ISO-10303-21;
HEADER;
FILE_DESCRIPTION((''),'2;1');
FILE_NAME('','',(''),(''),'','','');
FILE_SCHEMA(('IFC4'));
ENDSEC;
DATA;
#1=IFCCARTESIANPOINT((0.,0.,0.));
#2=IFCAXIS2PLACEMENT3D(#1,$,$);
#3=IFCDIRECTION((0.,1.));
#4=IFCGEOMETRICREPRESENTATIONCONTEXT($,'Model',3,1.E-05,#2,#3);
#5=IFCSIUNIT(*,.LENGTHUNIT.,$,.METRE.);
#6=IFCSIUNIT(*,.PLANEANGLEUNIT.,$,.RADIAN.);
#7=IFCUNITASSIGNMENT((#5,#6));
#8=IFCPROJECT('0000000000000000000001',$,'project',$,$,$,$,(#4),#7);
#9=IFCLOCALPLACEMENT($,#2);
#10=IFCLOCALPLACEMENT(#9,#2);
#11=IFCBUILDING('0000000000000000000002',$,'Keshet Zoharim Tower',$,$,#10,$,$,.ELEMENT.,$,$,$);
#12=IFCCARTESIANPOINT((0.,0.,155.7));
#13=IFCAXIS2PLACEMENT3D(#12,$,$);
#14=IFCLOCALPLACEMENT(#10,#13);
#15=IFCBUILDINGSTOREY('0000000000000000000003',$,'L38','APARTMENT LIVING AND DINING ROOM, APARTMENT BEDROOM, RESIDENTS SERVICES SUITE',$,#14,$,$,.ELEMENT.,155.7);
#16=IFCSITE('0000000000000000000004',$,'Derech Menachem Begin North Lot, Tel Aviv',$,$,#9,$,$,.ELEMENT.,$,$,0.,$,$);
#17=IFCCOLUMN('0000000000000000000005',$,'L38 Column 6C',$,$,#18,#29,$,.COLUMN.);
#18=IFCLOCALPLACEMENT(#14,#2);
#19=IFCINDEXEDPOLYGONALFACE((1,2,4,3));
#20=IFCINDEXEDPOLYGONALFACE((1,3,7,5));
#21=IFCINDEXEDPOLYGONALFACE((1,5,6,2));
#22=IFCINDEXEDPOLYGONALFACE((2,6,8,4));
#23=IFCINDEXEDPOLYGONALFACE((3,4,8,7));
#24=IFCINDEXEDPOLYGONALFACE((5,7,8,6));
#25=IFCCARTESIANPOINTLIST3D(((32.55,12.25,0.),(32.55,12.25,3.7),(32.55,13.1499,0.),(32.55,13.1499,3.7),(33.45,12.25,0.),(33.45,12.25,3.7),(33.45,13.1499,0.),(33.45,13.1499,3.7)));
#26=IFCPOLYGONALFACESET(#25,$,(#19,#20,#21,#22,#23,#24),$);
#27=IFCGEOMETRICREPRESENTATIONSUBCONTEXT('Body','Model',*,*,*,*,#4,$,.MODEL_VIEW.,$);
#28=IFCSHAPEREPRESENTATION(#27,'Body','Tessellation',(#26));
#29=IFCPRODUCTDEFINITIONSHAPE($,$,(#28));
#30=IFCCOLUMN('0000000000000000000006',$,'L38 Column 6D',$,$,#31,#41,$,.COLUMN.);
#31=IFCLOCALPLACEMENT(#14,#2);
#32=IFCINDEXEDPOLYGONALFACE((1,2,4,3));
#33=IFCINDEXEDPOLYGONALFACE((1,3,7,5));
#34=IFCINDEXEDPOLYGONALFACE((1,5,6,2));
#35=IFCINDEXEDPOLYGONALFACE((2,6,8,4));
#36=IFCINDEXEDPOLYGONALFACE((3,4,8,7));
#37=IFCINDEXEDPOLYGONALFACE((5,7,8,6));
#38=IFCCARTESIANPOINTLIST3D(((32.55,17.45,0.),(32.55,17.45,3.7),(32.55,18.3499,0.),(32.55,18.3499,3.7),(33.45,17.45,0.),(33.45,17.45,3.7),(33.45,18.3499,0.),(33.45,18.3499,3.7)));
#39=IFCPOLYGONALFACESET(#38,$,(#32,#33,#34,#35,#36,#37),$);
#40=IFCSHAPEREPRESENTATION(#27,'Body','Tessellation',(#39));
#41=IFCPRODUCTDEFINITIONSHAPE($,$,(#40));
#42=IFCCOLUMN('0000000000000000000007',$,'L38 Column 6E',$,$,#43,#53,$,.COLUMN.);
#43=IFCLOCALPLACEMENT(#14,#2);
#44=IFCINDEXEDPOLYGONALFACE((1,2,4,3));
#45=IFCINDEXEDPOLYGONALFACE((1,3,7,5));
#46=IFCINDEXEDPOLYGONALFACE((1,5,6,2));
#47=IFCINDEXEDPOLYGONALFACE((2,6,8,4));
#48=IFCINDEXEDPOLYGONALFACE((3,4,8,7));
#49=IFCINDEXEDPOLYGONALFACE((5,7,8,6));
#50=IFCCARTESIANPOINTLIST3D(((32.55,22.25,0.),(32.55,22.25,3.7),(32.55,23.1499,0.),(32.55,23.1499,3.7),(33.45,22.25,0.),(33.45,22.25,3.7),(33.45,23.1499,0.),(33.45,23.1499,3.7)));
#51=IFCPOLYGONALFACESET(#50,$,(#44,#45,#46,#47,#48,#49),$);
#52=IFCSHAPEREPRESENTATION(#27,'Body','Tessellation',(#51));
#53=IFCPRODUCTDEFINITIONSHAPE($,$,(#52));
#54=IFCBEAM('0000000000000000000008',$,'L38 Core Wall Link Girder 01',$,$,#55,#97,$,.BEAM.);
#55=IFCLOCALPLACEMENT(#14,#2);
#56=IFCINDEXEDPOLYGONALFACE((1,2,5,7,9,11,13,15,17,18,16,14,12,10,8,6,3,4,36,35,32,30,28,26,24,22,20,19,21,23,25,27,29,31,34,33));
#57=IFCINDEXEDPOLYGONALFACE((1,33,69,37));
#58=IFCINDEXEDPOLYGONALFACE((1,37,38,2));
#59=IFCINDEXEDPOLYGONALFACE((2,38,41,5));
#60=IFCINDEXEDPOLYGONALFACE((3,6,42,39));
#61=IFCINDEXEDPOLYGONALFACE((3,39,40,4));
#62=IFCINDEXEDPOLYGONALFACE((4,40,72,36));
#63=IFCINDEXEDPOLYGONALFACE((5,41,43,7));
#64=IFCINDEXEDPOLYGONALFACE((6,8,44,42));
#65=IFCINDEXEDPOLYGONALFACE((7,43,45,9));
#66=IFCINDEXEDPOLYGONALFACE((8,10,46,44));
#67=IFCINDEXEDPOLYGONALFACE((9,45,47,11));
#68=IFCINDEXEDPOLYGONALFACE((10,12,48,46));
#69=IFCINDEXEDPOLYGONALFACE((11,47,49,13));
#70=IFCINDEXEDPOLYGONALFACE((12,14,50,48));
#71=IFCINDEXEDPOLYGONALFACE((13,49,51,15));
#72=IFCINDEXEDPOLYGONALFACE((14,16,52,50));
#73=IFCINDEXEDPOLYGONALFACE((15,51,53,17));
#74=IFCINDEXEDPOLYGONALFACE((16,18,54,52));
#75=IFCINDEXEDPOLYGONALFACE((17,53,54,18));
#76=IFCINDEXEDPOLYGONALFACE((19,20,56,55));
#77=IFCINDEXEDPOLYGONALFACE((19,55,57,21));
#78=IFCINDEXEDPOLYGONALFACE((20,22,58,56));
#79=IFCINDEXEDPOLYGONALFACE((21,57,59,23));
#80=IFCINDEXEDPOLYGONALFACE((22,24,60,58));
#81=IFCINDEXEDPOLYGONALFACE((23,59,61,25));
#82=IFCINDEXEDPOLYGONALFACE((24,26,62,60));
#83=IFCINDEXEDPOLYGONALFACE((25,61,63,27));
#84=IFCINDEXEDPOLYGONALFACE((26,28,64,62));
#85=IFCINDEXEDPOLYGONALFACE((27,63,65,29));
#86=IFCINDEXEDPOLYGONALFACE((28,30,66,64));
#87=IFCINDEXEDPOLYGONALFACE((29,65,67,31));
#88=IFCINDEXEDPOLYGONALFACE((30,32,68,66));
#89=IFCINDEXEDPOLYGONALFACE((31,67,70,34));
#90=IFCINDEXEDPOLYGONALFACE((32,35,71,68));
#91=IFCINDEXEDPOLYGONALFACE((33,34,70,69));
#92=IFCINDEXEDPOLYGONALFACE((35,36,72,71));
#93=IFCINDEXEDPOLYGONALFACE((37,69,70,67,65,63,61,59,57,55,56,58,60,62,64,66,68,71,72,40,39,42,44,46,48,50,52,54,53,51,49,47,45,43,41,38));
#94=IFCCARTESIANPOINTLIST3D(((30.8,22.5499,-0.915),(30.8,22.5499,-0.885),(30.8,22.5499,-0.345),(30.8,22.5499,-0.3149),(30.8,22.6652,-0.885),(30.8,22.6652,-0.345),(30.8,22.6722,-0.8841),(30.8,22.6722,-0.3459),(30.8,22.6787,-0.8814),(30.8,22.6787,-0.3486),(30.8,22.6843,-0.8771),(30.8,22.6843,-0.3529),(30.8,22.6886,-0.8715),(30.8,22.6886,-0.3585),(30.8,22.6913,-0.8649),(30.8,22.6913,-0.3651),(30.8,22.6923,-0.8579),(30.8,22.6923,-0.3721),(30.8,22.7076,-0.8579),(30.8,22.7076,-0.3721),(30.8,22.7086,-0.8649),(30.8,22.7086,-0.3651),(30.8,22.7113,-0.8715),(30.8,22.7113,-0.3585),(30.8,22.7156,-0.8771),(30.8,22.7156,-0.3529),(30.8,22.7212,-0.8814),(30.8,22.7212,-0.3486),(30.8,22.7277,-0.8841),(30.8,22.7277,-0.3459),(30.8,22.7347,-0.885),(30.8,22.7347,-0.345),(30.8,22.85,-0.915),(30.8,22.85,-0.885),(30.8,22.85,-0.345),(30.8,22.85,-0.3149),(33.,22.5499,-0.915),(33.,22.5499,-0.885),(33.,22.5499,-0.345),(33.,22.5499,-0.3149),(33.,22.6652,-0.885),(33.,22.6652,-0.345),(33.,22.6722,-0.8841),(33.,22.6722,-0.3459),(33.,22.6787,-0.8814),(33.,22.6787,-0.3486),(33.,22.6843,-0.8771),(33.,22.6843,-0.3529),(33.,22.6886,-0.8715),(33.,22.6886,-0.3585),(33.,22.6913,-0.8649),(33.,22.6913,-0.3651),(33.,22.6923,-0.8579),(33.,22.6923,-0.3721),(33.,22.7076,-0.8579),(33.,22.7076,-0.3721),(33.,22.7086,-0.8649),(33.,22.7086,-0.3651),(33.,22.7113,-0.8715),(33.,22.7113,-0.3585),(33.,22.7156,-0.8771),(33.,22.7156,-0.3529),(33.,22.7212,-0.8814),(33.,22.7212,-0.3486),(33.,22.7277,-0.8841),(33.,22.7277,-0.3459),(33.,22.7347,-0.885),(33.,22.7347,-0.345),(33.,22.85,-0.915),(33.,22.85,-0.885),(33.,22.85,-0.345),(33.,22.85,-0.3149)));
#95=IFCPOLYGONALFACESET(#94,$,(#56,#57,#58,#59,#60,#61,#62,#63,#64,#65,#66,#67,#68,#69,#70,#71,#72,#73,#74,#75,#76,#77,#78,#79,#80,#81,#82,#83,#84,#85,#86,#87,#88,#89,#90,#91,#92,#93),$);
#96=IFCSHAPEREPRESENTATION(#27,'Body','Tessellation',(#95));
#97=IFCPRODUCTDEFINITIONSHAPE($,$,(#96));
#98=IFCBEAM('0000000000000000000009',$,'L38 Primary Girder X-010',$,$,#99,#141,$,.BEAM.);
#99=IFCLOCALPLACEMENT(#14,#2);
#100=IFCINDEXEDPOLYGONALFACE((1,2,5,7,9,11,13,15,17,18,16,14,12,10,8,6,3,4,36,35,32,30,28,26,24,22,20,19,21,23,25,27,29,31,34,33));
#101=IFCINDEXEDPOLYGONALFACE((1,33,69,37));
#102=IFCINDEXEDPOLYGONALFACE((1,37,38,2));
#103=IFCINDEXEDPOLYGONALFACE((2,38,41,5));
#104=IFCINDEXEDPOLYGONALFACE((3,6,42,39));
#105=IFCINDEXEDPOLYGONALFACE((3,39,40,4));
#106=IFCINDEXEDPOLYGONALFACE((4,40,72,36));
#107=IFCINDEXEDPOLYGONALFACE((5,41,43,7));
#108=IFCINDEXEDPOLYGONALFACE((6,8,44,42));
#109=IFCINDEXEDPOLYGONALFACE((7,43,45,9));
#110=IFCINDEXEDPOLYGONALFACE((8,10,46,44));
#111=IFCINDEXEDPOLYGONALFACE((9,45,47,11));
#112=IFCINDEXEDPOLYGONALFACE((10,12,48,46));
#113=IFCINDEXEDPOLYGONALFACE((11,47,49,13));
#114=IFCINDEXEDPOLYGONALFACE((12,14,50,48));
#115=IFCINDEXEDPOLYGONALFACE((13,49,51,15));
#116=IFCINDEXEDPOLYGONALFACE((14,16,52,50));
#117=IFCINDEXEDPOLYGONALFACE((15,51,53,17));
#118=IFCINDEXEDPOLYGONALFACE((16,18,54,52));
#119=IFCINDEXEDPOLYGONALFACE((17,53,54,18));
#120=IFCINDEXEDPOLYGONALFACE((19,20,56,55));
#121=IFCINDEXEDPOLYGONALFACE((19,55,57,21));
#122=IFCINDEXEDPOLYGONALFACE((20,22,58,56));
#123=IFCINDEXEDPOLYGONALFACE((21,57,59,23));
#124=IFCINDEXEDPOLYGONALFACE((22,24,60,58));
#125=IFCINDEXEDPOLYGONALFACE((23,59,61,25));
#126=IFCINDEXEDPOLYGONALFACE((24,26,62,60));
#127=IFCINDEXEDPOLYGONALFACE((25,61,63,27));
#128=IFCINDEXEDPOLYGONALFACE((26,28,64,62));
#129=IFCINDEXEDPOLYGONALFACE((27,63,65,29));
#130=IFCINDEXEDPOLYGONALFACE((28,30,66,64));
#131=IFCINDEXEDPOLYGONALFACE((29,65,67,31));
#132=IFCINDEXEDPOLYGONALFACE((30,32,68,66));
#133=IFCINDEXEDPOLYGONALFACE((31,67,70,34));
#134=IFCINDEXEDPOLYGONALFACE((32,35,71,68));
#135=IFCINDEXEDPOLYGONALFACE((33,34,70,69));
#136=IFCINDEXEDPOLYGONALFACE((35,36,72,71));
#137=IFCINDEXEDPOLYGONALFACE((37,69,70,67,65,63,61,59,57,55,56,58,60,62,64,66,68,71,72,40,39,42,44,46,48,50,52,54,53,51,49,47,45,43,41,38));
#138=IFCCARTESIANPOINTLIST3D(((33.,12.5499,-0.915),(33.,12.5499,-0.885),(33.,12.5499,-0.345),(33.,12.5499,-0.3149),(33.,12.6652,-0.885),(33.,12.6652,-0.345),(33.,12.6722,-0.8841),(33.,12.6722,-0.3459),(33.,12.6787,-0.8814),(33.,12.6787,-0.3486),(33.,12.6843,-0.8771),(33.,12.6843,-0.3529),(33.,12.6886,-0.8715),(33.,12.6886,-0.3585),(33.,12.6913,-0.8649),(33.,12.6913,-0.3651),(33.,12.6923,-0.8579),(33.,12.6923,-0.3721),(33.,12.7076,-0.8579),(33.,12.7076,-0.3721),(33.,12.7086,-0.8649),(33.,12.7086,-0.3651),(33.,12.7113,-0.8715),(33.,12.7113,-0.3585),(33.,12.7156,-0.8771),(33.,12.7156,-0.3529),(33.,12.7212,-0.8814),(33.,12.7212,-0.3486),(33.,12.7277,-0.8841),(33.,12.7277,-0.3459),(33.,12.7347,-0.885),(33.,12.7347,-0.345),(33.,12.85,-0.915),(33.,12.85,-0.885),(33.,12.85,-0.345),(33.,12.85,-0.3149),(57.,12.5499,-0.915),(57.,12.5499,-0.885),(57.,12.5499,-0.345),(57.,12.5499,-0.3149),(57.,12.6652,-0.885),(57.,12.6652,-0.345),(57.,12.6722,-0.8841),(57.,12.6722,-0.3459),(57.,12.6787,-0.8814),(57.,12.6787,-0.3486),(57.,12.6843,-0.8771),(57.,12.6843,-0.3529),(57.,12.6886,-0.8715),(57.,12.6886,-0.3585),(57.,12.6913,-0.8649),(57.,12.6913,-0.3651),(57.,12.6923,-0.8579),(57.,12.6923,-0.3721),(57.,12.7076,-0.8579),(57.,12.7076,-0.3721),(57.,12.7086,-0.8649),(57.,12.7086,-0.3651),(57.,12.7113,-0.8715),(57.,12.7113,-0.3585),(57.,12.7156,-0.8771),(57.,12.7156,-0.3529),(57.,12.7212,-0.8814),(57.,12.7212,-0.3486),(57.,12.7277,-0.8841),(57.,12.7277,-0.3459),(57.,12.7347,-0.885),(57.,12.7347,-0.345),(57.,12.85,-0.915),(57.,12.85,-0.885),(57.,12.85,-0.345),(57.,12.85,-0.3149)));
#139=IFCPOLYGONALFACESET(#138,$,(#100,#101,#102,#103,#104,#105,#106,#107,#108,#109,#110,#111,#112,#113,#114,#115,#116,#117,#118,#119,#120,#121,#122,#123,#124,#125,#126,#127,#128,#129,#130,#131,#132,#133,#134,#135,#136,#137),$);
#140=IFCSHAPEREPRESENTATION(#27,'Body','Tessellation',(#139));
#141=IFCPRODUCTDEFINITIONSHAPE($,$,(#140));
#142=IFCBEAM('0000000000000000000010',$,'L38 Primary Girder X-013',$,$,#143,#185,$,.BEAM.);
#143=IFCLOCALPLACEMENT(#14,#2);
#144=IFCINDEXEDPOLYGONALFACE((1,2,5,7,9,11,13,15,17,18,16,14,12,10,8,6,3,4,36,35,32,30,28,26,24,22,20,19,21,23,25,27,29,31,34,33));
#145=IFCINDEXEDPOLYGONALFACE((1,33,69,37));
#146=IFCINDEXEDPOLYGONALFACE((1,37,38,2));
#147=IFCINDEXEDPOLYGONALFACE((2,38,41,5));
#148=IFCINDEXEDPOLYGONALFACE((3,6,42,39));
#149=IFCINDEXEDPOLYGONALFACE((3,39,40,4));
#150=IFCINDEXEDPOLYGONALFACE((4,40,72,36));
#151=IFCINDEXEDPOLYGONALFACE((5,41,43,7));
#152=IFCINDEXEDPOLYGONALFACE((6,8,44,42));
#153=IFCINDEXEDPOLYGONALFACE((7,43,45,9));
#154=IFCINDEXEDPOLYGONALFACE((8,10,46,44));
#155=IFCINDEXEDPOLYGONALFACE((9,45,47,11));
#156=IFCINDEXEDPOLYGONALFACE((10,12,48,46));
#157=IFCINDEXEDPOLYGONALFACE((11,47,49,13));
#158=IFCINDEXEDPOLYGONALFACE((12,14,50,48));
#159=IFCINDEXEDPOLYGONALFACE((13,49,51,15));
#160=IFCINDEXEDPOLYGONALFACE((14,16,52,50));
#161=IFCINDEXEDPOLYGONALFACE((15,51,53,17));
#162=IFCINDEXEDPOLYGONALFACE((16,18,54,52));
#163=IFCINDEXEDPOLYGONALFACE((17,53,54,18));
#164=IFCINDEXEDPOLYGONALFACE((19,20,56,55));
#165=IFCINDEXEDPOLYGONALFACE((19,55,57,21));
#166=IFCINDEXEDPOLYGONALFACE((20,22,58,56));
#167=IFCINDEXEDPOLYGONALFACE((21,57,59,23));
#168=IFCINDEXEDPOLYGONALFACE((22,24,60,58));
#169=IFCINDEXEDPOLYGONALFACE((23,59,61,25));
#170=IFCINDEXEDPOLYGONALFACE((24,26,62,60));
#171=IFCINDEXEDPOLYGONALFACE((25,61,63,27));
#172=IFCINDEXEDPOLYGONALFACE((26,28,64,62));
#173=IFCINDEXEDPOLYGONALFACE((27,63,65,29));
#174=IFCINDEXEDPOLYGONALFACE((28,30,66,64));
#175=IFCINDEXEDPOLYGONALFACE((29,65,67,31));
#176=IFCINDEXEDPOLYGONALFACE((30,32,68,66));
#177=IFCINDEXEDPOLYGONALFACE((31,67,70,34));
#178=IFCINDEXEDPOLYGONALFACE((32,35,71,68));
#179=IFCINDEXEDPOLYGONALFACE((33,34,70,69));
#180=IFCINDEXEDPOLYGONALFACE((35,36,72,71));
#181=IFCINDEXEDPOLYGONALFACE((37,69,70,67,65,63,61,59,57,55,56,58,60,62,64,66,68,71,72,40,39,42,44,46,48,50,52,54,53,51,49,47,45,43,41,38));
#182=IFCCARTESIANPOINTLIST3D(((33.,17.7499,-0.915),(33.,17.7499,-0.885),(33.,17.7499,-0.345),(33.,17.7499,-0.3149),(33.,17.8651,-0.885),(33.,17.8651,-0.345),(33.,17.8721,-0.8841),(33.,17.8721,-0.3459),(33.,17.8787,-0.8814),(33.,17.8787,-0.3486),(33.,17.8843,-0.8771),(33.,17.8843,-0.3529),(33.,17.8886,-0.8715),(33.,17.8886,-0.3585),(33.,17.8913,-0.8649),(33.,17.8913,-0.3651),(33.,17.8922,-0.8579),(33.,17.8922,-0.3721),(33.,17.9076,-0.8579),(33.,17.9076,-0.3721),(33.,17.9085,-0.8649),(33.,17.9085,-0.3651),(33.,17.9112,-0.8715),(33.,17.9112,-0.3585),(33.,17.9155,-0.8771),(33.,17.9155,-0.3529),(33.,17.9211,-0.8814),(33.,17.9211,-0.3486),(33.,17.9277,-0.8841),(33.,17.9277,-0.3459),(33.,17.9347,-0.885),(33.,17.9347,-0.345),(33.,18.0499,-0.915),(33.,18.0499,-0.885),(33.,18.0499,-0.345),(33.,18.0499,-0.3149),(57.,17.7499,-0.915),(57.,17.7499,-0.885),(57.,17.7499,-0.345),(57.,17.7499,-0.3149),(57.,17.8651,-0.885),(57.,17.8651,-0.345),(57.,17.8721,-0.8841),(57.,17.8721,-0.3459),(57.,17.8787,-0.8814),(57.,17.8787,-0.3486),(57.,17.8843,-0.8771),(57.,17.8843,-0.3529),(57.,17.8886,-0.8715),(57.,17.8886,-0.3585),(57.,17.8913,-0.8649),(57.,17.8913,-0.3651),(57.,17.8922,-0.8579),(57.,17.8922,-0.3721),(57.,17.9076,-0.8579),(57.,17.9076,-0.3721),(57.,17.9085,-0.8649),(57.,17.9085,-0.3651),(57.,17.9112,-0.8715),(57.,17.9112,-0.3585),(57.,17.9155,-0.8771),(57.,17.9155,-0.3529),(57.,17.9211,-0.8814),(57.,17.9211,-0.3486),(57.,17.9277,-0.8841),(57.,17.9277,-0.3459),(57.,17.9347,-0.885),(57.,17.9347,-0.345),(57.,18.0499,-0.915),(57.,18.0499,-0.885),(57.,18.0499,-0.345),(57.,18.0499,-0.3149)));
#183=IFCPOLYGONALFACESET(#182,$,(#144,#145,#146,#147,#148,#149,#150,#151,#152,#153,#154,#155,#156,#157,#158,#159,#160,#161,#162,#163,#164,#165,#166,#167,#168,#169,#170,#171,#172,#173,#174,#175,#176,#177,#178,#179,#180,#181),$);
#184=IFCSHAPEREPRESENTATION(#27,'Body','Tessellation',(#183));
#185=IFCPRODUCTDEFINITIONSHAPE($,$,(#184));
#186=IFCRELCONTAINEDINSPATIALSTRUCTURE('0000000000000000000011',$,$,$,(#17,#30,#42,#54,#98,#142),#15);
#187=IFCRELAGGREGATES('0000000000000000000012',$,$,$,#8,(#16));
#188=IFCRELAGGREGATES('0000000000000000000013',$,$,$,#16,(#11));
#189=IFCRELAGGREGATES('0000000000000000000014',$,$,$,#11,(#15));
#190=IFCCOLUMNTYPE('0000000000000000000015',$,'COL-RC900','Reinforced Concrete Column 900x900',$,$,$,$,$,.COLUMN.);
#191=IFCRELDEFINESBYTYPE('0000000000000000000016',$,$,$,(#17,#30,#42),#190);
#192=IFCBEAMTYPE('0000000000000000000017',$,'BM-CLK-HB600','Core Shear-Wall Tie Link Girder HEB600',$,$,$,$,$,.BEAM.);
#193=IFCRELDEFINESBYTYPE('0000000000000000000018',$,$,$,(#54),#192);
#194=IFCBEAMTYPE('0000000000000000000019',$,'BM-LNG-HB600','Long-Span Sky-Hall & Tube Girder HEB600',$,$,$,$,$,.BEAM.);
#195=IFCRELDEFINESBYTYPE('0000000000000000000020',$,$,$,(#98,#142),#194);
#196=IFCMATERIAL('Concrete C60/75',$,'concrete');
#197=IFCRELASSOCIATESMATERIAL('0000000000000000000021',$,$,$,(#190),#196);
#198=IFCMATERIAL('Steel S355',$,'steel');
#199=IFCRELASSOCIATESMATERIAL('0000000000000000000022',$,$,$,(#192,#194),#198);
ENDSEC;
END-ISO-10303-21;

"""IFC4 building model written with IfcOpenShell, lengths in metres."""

from ifc_helpers import new_model, si_unit, direction, frame, origin, origin_2d, place, context, subcontext, project, spatial, rectangle, i_section, extrude, material, material_profile, profile_set, type_object, element, save


model = new_model("IFC4")

# Units and contexts
model_context = context("Model", 3, precision=1e-05, world=origin(), true_north=direction((0.0, 1.0)))
body_context = subcontext(model_context, "Body", "Model", "MODEL_VIEW")
ifc_project = project(units=[si_unit("LENGTHUNIT", "METRE"), si_unit("PLANEANGLEUNIT", "RADIAN")], contexts=[model_context])

# Site, building, storey
site_placement = place(None, origin())
site = spatial("IfcSite", under=ifc_project, at=site_placement, Name="Derech Menachem Begin North Lot, Tel Aviv", CompositionType="ELEMENT", RefElevation=0.0)
building_placement = place(site_placement, origin())
building = spatial("IfcBuilding", under=site, at=building_placement, Name="Keshet Zoharim Tower", CompositionType="ELEMENT")
storey_placement = place(building_placement, frame((0.0, 0.0, 155.7)))
storey = spatial("IfcBuildingStorey", under=building, at=storey_placement, Name="L38", Description="APARTMENT LIVING AND DINING ROOM, APARTMENT BEDROOM, RESIDENTS SERVICES SUITE", CompositionType="ELEMENT", Elevation=155.7)

# Columns
ifc_material_1 = material(Name="Concrete C60/75", Category="concrete")
ifc_material_profile_1 = material_profile(ifc_material_1, rectangle(XDim=0.8999, YDim=0.8999, at=origin_2d()), Name="RC900x900")
ifc_profile_set_1 = profile_set([ifc_material_profile_1], Name="Concrete C60/75")
column_type = type_object("IfcColumnType", Name="COL-RC900", Description="Reinforced Concrete Column 900x900", PredefinedType="COLUMN", material=ifc_profile_set_1)
for number, where, z_axis, x_axis, name in (
    (1, (33.0, 12.7, 0.0), (0.0, 0.0, 1.0), (1.0, 0.0, 0.0), "L38 Column 6C"),
    (2, (33.0, 17.8999, 0.0), (0.0, 0.0, 1.0), (1.0, 0.0, 0.0), "L38 Column 6D"),
    (3, (33.0, 22.7, 0.0), (0.0, 0.0, 1.0), (1.0, 0.0, 0.0), "L38 Column 6E"),
):
    element("IfcColumn", number, at=place(storey_placement, frame(where, z_axis=z_axis, x_axis=x_axis)), inside=storey, type_object=column_type, Name=name, PredefinedType="COLUMN", context=body_context, shape_type="SweptSolid", body=[
        extrude(rectangle(XDim=0.8999, YDim=0.8999, at=origin_2d()), origin(), (0.0, 0.0, 1.0), 3.7),
    ])

# Beams
ifc_material_2 = material(Name="Steel S355", Category="steel")
ifc_material_profile_2 = material_profile(ifc_material_2, i_section(OverallWidth=0.3, OverallDepth=0.6001, WebThickness=0.0154, FlangeThickness=0.03, FilletRadius=0.0271, at=origin_2d()), Name="HEB600")
ifc_profile_set_2 = profile_set([ifc_material_profile_2], Name="Steel S355")
beam_type_1 = type_object("IfcBeamType", Name="BM-CLK-HB600", Description="Core Shear-Wall Tie Link Girder HEB600", PredefinedType="BEAM", material=ifc_profile_set_2)
beam_1_placement = place(storey_placement, frame((30.8, 22.7, -0.615), z_axis=(1.0, 0.0, 0.0), x_axis=(0.0, 1.0, 0.0)))
element("IfcBeam", 4, at=beam_1_placement, inside=storey, type_object=beam_type_1, Name="L38 Core Wall Link Girder 01", PredefinedType="BEAM", context=body_context, shape_type="SweptSolid", body=[
    extrude(i_section(OverallWidth=0.3, OverallDepth=0.6001, WebThickness=0.0154, FlangeThickness=0.03, FilletRadius=0.0271, at=origin_2d()), origin(), (0.0, 0.0, 1.0), 2.2),
])
ifc_material_profile_3 = material_profile(ifc_material_2, i_section(OverallWidth=0.3, OverallDepth=0.6001, WebThickness=0.0154, FlangeThickness=0.03, FilletRadius=0.0271, at=origin_2d()), Name="HEB600")
ifc_profile_set_3 = profile_set([ifc_material_profile_3], Name="Steel S355")
beam_type_2 = type_object("IfcBeamType", Name="BM-LNG-HB600", Description="Long-Span Sky-Hall & Tube Girder HEB600", PredefinedType="BEAM", material=ifc_profile_set_3)
for number, where, z_axis, x_axis, name in (
    (5, (33.0, 12.7, -0.615), (1.0, 0.0, 0.0), (0.0, 1.0, 0.0), "L38 Primary Girder X-010"),
    (6, (33.0, 17.8999, -0.615), (1.0, 0.0, 0.0), (0.0, 1.0, 0.0), "L38 Primary Girder X-013"),
):
    element("IfcBeam", number, at=place(storey_placement, frame(where, z_axis=z_axis, x_axis=x_axis)), inside=storey, type_object=beam_type_2, Name=name, PredefinedType="BEAM", context=body_context, shape_type="SweptSolid", body=[
        extrude(i_section(OverallWidth=0.3, OverallDepth=0.6001, WebThickness=0.0154, FlangeThickness=0.03, FilletRadius=0.0271, at=origin_2d()), origin(), (0.0, 0.0, 1.0), 24.0),
    ])

save(model, "model.ifc")
